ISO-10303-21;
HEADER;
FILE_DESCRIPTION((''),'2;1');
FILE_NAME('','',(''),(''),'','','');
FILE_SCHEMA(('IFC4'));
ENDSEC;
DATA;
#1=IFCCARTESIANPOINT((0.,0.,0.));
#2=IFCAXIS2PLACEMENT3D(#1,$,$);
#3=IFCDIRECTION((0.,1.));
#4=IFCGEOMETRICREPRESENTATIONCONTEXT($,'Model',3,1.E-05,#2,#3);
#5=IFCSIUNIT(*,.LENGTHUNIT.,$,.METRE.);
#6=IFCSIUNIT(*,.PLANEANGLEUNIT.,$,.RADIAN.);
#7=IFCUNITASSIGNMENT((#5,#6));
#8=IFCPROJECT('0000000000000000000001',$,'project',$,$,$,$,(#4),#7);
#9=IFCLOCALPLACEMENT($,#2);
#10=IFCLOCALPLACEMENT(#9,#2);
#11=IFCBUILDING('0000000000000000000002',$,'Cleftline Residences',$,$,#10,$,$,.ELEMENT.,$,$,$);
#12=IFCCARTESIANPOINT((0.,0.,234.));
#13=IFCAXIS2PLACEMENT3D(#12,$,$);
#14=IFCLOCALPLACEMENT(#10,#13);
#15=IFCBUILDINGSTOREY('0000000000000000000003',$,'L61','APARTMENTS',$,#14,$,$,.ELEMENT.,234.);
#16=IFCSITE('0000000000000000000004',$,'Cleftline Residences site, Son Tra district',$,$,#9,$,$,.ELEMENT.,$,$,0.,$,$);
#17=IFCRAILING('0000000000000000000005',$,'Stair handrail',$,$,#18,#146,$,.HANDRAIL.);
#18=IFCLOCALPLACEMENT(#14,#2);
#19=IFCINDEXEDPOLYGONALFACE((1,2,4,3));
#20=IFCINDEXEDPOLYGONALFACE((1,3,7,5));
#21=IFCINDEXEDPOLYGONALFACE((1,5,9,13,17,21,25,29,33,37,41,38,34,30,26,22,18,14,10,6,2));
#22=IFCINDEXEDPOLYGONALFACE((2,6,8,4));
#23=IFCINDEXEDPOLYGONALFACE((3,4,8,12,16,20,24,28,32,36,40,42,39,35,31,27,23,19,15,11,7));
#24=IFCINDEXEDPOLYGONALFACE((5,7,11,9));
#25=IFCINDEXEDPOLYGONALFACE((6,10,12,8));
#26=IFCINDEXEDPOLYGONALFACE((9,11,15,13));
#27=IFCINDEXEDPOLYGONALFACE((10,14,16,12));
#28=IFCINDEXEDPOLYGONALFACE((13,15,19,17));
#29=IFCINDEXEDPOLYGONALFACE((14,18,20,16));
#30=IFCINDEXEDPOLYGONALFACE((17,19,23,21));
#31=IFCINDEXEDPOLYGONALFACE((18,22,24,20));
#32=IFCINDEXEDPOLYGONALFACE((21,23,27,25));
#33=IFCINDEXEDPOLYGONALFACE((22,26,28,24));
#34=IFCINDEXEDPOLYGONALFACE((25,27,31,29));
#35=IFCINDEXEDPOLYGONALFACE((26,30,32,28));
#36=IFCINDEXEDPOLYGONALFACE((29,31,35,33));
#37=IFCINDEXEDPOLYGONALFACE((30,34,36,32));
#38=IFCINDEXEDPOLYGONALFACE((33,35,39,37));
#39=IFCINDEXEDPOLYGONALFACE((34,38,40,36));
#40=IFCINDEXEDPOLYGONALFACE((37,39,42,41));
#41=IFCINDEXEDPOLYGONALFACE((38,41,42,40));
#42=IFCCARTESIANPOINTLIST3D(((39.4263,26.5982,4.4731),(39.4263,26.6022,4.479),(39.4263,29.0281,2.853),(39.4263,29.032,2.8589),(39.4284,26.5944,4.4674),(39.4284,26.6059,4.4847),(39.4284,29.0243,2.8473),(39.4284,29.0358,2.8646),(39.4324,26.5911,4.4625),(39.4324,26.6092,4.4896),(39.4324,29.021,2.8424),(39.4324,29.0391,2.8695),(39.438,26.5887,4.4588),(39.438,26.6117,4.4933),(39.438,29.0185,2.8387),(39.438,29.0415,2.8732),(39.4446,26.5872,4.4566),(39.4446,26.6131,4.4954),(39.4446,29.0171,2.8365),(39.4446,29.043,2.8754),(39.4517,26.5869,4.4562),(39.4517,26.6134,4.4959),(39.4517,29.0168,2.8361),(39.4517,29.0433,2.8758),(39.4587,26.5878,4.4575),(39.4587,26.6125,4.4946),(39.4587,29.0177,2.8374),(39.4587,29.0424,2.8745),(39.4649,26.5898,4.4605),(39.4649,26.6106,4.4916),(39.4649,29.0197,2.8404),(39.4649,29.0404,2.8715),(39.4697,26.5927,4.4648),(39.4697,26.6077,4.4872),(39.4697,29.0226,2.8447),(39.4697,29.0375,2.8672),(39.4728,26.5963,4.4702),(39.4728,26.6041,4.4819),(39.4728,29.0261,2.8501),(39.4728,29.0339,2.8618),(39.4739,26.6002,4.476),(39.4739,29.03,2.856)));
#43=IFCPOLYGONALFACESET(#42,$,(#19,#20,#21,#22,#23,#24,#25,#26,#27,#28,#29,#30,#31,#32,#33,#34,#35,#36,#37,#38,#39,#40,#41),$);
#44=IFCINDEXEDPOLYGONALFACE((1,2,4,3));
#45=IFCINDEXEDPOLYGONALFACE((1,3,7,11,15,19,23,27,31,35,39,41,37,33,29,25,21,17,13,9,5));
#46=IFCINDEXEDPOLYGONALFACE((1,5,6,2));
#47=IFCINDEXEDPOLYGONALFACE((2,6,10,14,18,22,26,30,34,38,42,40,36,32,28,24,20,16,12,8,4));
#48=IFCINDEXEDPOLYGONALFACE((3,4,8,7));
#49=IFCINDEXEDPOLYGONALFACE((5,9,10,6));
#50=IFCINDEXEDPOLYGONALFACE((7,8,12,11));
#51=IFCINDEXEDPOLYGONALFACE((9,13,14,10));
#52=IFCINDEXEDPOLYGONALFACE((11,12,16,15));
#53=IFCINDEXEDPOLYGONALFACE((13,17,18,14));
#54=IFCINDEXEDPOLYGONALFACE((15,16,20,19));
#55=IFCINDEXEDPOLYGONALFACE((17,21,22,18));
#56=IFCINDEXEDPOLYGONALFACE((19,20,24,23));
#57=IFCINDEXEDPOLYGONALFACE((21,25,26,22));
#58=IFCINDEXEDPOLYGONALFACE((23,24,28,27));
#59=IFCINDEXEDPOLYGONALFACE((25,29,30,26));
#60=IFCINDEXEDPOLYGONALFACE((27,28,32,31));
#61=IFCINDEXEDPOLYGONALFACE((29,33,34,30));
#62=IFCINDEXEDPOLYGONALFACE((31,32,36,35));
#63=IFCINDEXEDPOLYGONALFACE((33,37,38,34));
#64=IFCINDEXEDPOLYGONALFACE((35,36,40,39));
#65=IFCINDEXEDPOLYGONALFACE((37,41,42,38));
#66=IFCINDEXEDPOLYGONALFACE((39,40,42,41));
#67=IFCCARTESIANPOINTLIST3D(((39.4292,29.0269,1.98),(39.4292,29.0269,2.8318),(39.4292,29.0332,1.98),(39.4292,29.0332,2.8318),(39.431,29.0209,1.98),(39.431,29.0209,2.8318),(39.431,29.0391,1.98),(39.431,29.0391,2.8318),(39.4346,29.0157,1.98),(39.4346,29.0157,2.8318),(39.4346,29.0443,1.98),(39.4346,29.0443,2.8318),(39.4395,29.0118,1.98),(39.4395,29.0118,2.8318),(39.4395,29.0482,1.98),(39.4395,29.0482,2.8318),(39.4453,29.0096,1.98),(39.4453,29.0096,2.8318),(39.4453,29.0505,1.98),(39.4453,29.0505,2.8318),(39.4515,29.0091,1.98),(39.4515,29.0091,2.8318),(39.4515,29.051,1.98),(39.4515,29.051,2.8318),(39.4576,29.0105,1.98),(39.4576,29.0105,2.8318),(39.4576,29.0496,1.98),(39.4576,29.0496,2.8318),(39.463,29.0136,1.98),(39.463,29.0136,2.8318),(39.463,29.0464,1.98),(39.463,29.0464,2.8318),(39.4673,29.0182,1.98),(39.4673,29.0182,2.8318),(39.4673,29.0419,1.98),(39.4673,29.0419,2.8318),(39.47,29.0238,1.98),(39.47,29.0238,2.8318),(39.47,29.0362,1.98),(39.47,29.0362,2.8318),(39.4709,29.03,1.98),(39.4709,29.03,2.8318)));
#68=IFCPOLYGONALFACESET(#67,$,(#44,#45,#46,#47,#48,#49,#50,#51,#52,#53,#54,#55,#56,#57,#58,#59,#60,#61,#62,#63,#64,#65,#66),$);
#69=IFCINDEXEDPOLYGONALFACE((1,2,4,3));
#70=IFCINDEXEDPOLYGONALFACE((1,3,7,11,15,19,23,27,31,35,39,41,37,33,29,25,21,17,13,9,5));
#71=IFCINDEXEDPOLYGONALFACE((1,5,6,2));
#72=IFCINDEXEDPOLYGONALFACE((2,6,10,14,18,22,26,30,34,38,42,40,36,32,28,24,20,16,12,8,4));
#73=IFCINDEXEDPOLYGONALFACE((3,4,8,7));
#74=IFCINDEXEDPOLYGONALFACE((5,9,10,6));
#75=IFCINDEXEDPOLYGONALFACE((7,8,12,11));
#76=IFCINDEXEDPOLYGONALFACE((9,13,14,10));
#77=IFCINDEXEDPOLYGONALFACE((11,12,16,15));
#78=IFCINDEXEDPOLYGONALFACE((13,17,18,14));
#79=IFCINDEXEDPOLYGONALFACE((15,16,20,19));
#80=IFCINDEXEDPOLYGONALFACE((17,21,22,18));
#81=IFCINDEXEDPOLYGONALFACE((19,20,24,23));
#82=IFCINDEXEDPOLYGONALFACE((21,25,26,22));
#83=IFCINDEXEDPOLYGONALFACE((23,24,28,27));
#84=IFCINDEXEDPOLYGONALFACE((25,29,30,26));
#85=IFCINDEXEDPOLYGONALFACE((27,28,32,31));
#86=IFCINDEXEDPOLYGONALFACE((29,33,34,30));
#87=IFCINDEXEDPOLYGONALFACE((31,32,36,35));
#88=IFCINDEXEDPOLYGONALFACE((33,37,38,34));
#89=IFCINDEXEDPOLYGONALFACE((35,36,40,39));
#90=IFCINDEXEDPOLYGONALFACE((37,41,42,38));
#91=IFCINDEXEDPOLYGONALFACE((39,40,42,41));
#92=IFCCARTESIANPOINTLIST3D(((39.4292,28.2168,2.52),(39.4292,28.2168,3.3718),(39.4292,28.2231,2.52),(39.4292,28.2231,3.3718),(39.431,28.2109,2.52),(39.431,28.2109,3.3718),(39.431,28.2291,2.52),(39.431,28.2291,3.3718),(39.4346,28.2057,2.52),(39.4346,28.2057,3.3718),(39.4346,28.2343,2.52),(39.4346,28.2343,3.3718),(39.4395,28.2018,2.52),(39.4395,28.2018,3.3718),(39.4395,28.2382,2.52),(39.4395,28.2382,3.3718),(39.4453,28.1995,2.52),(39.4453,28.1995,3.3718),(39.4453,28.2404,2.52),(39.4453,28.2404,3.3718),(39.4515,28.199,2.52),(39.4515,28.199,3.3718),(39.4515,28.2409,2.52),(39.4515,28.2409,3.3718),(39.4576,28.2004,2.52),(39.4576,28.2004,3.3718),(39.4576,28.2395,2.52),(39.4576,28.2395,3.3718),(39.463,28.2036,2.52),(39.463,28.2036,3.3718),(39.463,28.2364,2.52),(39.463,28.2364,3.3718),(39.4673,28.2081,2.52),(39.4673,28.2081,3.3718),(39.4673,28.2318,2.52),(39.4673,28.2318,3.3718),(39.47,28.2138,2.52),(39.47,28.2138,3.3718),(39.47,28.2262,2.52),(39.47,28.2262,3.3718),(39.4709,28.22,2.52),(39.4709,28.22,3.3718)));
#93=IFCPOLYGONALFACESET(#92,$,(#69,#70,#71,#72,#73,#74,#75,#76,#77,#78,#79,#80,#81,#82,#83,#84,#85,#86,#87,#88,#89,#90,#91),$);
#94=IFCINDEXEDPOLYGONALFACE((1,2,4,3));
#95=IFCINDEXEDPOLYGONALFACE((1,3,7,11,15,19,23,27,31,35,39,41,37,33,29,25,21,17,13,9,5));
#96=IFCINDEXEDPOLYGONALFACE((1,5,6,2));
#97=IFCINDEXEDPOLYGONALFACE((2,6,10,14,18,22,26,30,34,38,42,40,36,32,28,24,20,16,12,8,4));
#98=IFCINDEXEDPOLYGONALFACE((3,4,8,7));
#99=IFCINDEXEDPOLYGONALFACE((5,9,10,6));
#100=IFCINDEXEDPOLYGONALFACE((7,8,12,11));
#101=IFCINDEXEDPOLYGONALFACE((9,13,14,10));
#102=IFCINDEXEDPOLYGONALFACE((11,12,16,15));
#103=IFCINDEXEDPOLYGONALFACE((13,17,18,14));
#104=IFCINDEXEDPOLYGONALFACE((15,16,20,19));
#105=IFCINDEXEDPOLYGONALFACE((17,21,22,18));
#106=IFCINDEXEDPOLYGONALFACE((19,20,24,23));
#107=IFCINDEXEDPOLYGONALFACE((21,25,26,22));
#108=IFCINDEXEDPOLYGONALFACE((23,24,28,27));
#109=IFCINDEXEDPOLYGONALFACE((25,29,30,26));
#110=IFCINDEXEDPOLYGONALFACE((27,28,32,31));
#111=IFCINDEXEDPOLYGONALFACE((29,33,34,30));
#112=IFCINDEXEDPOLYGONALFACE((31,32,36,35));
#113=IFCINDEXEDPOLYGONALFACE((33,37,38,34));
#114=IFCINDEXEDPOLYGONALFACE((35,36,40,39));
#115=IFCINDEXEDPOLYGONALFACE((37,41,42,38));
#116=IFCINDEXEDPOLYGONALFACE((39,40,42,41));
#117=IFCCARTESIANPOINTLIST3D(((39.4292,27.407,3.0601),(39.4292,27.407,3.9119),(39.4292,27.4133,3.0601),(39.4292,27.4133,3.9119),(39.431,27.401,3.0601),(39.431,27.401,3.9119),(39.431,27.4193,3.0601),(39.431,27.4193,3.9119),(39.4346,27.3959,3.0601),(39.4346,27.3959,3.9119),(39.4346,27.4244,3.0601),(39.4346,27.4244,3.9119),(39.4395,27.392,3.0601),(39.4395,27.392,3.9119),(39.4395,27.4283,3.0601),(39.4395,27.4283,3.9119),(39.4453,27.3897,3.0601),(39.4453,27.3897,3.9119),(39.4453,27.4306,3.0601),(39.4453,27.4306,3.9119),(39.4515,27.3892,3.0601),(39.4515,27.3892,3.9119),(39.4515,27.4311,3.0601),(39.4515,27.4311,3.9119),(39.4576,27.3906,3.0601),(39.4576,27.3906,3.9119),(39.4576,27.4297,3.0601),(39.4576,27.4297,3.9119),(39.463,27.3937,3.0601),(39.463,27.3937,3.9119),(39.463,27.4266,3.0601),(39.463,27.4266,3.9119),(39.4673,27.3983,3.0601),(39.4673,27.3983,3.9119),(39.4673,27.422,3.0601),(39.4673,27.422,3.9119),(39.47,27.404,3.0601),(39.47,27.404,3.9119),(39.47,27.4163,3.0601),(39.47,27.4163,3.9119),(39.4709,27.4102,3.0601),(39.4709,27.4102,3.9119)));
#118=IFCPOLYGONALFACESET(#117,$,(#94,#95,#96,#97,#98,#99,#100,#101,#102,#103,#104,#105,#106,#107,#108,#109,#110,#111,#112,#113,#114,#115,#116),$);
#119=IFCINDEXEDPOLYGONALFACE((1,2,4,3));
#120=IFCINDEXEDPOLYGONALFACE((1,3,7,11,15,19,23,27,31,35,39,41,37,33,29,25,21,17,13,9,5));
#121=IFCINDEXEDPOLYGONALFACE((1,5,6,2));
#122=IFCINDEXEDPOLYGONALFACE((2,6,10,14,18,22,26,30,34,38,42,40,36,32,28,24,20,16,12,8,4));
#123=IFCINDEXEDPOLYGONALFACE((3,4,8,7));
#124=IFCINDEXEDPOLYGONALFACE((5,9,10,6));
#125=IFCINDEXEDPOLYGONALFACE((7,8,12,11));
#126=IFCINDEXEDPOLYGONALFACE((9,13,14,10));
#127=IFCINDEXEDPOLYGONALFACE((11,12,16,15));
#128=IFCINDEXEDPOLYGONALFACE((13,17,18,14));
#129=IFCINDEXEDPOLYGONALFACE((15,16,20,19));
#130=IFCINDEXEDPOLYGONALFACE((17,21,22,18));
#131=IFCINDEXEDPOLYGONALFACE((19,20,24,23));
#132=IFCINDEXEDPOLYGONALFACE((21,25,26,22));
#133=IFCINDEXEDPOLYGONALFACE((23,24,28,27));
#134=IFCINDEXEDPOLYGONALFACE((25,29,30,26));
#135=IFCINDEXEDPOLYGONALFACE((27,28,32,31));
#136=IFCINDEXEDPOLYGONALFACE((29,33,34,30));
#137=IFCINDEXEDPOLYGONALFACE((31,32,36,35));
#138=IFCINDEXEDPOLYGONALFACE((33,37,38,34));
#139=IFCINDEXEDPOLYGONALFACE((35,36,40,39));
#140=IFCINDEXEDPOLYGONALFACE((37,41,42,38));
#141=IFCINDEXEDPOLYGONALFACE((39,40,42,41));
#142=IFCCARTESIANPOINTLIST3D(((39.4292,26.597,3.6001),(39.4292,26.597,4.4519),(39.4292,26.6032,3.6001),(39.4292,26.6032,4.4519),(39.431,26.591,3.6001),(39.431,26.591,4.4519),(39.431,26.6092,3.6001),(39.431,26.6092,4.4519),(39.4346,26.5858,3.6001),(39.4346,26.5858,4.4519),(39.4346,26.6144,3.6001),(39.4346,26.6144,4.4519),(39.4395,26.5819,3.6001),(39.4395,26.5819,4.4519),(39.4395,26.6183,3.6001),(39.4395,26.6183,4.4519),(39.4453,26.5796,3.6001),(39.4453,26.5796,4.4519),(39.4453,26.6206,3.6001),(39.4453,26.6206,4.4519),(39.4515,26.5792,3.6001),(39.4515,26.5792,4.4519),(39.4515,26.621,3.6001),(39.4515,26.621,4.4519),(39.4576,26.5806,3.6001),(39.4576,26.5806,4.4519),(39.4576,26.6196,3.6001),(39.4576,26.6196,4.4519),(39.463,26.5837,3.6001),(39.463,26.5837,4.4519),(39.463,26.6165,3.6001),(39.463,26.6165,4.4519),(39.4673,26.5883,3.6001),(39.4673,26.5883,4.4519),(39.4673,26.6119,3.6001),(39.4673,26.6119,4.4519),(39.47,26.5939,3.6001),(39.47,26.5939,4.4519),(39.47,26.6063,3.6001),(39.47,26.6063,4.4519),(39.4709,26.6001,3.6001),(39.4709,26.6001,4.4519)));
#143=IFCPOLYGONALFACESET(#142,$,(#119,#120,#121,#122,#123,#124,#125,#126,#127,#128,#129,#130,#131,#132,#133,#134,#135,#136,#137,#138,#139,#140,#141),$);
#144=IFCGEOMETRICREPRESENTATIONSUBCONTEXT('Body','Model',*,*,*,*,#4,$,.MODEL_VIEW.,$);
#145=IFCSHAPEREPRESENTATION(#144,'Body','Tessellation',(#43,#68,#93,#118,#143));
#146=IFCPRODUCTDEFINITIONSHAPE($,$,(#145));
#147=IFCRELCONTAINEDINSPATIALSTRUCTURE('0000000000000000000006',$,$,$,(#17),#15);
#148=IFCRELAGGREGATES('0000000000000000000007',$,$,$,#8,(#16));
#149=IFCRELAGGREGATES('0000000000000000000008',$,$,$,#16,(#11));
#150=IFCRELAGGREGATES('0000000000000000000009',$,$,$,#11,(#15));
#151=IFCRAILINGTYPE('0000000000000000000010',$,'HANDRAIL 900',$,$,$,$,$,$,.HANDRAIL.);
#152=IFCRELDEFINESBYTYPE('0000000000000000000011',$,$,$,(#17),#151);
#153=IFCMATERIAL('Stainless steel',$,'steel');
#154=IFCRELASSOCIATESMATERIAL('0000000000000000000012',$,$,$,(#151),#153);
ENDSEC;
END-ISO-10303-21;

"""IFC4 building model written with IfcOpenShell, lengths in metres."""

from ifc_helpers import new_model, si_unit, direction, frame, origin, origin_2d, place, context, subcontext, project, spatial, circle, extrude, material, type_object, element, save


model = new_model("IFC4")

# Units and contexts
model_context = context("Model", 3, precision=1e-05, world=origin(), true_north=direction((0.0, 1.0)))
body_context = subcontext(model_context, "Body", "Model", "MODEL_VIEW")
ifc_project = project(units=[si_unit("LENGTHUNIT", "METRE"), si_unit("PLANEANGLEUNIT", "RADIAN")], contexts=[model_context])

# Site, building, storey
site_placement = place(None, origin())
site = spatial("IfcSite", under=ifc_project, at=site_placement, Name="Cleftline Residences site, Son Tra district", CompositionType="ELEMENT", RefElevation=0.0)
building_placement = place(site_placement, origin())
building = spatial("IfcBuilding", under=site, at=building_placement, Name="Cleftline Residences", CompositionType="ELEMENT")
storey_placement = place(building_placement, frame((0.0, 0.0, 234.0)))
storey = spatial("IfcBuildingStorey", under=building, at=storey_placement, Name="L61", Description="APARTMENTS", CompositionType="ELEMENT", Elevation=234.0)

# Railing
ifc_material_1 = material(Name="Stainless steel", Category="steel")
railing_type = type_object("IfcRailingType", Name="HANDRAIL 900", PredefinedType="HANDRAIL", material=ifc_material_1)
railing_1_placement = place(storey_placement, frame((39.45, 29.03, 1.98)))
element("IfcRailing", 1, at=railing_1_placement, inside=storey, type_object=railing_type, Name="Stair handrail", PredefinedType="HANDRAIL", context=body_context, shape_type="SweptSolid", body=[
    extrude(circle(Radius=0.0239, at=origin_2d()), frame((0.0, 0.0, 0.876), z_axis=(0.0, -0.832025, 0.554739), x_axis=(1.0, 0.0, 0.0)), (0.0, 0.0, 1.0), 2.9204),
    extrude(circle(Radius=0.021, at=origin_2d()), origin(), (0.0, 0.0, 1.0), 0.8518),
    extrude(circle(Radius=0.021, at=origin_2d()), frame((0.0, -0.8101, 0.54)), (0.0, 0.0, 1.0), 0.8518),
    extrude(circle(Radius=0.021, at=origin_2d()), frame((0.0, -1.6199, 1.0801)), (0.0, 0.0, 1.0), 0.8518),
    extrude(circle(Radius=0.021, at=origin_2d()), frame((0.0, -2.4299, 1.6201)), (0.0, 0.0, 1.0), 0.8518),
])

save(model, "model.ifc")
